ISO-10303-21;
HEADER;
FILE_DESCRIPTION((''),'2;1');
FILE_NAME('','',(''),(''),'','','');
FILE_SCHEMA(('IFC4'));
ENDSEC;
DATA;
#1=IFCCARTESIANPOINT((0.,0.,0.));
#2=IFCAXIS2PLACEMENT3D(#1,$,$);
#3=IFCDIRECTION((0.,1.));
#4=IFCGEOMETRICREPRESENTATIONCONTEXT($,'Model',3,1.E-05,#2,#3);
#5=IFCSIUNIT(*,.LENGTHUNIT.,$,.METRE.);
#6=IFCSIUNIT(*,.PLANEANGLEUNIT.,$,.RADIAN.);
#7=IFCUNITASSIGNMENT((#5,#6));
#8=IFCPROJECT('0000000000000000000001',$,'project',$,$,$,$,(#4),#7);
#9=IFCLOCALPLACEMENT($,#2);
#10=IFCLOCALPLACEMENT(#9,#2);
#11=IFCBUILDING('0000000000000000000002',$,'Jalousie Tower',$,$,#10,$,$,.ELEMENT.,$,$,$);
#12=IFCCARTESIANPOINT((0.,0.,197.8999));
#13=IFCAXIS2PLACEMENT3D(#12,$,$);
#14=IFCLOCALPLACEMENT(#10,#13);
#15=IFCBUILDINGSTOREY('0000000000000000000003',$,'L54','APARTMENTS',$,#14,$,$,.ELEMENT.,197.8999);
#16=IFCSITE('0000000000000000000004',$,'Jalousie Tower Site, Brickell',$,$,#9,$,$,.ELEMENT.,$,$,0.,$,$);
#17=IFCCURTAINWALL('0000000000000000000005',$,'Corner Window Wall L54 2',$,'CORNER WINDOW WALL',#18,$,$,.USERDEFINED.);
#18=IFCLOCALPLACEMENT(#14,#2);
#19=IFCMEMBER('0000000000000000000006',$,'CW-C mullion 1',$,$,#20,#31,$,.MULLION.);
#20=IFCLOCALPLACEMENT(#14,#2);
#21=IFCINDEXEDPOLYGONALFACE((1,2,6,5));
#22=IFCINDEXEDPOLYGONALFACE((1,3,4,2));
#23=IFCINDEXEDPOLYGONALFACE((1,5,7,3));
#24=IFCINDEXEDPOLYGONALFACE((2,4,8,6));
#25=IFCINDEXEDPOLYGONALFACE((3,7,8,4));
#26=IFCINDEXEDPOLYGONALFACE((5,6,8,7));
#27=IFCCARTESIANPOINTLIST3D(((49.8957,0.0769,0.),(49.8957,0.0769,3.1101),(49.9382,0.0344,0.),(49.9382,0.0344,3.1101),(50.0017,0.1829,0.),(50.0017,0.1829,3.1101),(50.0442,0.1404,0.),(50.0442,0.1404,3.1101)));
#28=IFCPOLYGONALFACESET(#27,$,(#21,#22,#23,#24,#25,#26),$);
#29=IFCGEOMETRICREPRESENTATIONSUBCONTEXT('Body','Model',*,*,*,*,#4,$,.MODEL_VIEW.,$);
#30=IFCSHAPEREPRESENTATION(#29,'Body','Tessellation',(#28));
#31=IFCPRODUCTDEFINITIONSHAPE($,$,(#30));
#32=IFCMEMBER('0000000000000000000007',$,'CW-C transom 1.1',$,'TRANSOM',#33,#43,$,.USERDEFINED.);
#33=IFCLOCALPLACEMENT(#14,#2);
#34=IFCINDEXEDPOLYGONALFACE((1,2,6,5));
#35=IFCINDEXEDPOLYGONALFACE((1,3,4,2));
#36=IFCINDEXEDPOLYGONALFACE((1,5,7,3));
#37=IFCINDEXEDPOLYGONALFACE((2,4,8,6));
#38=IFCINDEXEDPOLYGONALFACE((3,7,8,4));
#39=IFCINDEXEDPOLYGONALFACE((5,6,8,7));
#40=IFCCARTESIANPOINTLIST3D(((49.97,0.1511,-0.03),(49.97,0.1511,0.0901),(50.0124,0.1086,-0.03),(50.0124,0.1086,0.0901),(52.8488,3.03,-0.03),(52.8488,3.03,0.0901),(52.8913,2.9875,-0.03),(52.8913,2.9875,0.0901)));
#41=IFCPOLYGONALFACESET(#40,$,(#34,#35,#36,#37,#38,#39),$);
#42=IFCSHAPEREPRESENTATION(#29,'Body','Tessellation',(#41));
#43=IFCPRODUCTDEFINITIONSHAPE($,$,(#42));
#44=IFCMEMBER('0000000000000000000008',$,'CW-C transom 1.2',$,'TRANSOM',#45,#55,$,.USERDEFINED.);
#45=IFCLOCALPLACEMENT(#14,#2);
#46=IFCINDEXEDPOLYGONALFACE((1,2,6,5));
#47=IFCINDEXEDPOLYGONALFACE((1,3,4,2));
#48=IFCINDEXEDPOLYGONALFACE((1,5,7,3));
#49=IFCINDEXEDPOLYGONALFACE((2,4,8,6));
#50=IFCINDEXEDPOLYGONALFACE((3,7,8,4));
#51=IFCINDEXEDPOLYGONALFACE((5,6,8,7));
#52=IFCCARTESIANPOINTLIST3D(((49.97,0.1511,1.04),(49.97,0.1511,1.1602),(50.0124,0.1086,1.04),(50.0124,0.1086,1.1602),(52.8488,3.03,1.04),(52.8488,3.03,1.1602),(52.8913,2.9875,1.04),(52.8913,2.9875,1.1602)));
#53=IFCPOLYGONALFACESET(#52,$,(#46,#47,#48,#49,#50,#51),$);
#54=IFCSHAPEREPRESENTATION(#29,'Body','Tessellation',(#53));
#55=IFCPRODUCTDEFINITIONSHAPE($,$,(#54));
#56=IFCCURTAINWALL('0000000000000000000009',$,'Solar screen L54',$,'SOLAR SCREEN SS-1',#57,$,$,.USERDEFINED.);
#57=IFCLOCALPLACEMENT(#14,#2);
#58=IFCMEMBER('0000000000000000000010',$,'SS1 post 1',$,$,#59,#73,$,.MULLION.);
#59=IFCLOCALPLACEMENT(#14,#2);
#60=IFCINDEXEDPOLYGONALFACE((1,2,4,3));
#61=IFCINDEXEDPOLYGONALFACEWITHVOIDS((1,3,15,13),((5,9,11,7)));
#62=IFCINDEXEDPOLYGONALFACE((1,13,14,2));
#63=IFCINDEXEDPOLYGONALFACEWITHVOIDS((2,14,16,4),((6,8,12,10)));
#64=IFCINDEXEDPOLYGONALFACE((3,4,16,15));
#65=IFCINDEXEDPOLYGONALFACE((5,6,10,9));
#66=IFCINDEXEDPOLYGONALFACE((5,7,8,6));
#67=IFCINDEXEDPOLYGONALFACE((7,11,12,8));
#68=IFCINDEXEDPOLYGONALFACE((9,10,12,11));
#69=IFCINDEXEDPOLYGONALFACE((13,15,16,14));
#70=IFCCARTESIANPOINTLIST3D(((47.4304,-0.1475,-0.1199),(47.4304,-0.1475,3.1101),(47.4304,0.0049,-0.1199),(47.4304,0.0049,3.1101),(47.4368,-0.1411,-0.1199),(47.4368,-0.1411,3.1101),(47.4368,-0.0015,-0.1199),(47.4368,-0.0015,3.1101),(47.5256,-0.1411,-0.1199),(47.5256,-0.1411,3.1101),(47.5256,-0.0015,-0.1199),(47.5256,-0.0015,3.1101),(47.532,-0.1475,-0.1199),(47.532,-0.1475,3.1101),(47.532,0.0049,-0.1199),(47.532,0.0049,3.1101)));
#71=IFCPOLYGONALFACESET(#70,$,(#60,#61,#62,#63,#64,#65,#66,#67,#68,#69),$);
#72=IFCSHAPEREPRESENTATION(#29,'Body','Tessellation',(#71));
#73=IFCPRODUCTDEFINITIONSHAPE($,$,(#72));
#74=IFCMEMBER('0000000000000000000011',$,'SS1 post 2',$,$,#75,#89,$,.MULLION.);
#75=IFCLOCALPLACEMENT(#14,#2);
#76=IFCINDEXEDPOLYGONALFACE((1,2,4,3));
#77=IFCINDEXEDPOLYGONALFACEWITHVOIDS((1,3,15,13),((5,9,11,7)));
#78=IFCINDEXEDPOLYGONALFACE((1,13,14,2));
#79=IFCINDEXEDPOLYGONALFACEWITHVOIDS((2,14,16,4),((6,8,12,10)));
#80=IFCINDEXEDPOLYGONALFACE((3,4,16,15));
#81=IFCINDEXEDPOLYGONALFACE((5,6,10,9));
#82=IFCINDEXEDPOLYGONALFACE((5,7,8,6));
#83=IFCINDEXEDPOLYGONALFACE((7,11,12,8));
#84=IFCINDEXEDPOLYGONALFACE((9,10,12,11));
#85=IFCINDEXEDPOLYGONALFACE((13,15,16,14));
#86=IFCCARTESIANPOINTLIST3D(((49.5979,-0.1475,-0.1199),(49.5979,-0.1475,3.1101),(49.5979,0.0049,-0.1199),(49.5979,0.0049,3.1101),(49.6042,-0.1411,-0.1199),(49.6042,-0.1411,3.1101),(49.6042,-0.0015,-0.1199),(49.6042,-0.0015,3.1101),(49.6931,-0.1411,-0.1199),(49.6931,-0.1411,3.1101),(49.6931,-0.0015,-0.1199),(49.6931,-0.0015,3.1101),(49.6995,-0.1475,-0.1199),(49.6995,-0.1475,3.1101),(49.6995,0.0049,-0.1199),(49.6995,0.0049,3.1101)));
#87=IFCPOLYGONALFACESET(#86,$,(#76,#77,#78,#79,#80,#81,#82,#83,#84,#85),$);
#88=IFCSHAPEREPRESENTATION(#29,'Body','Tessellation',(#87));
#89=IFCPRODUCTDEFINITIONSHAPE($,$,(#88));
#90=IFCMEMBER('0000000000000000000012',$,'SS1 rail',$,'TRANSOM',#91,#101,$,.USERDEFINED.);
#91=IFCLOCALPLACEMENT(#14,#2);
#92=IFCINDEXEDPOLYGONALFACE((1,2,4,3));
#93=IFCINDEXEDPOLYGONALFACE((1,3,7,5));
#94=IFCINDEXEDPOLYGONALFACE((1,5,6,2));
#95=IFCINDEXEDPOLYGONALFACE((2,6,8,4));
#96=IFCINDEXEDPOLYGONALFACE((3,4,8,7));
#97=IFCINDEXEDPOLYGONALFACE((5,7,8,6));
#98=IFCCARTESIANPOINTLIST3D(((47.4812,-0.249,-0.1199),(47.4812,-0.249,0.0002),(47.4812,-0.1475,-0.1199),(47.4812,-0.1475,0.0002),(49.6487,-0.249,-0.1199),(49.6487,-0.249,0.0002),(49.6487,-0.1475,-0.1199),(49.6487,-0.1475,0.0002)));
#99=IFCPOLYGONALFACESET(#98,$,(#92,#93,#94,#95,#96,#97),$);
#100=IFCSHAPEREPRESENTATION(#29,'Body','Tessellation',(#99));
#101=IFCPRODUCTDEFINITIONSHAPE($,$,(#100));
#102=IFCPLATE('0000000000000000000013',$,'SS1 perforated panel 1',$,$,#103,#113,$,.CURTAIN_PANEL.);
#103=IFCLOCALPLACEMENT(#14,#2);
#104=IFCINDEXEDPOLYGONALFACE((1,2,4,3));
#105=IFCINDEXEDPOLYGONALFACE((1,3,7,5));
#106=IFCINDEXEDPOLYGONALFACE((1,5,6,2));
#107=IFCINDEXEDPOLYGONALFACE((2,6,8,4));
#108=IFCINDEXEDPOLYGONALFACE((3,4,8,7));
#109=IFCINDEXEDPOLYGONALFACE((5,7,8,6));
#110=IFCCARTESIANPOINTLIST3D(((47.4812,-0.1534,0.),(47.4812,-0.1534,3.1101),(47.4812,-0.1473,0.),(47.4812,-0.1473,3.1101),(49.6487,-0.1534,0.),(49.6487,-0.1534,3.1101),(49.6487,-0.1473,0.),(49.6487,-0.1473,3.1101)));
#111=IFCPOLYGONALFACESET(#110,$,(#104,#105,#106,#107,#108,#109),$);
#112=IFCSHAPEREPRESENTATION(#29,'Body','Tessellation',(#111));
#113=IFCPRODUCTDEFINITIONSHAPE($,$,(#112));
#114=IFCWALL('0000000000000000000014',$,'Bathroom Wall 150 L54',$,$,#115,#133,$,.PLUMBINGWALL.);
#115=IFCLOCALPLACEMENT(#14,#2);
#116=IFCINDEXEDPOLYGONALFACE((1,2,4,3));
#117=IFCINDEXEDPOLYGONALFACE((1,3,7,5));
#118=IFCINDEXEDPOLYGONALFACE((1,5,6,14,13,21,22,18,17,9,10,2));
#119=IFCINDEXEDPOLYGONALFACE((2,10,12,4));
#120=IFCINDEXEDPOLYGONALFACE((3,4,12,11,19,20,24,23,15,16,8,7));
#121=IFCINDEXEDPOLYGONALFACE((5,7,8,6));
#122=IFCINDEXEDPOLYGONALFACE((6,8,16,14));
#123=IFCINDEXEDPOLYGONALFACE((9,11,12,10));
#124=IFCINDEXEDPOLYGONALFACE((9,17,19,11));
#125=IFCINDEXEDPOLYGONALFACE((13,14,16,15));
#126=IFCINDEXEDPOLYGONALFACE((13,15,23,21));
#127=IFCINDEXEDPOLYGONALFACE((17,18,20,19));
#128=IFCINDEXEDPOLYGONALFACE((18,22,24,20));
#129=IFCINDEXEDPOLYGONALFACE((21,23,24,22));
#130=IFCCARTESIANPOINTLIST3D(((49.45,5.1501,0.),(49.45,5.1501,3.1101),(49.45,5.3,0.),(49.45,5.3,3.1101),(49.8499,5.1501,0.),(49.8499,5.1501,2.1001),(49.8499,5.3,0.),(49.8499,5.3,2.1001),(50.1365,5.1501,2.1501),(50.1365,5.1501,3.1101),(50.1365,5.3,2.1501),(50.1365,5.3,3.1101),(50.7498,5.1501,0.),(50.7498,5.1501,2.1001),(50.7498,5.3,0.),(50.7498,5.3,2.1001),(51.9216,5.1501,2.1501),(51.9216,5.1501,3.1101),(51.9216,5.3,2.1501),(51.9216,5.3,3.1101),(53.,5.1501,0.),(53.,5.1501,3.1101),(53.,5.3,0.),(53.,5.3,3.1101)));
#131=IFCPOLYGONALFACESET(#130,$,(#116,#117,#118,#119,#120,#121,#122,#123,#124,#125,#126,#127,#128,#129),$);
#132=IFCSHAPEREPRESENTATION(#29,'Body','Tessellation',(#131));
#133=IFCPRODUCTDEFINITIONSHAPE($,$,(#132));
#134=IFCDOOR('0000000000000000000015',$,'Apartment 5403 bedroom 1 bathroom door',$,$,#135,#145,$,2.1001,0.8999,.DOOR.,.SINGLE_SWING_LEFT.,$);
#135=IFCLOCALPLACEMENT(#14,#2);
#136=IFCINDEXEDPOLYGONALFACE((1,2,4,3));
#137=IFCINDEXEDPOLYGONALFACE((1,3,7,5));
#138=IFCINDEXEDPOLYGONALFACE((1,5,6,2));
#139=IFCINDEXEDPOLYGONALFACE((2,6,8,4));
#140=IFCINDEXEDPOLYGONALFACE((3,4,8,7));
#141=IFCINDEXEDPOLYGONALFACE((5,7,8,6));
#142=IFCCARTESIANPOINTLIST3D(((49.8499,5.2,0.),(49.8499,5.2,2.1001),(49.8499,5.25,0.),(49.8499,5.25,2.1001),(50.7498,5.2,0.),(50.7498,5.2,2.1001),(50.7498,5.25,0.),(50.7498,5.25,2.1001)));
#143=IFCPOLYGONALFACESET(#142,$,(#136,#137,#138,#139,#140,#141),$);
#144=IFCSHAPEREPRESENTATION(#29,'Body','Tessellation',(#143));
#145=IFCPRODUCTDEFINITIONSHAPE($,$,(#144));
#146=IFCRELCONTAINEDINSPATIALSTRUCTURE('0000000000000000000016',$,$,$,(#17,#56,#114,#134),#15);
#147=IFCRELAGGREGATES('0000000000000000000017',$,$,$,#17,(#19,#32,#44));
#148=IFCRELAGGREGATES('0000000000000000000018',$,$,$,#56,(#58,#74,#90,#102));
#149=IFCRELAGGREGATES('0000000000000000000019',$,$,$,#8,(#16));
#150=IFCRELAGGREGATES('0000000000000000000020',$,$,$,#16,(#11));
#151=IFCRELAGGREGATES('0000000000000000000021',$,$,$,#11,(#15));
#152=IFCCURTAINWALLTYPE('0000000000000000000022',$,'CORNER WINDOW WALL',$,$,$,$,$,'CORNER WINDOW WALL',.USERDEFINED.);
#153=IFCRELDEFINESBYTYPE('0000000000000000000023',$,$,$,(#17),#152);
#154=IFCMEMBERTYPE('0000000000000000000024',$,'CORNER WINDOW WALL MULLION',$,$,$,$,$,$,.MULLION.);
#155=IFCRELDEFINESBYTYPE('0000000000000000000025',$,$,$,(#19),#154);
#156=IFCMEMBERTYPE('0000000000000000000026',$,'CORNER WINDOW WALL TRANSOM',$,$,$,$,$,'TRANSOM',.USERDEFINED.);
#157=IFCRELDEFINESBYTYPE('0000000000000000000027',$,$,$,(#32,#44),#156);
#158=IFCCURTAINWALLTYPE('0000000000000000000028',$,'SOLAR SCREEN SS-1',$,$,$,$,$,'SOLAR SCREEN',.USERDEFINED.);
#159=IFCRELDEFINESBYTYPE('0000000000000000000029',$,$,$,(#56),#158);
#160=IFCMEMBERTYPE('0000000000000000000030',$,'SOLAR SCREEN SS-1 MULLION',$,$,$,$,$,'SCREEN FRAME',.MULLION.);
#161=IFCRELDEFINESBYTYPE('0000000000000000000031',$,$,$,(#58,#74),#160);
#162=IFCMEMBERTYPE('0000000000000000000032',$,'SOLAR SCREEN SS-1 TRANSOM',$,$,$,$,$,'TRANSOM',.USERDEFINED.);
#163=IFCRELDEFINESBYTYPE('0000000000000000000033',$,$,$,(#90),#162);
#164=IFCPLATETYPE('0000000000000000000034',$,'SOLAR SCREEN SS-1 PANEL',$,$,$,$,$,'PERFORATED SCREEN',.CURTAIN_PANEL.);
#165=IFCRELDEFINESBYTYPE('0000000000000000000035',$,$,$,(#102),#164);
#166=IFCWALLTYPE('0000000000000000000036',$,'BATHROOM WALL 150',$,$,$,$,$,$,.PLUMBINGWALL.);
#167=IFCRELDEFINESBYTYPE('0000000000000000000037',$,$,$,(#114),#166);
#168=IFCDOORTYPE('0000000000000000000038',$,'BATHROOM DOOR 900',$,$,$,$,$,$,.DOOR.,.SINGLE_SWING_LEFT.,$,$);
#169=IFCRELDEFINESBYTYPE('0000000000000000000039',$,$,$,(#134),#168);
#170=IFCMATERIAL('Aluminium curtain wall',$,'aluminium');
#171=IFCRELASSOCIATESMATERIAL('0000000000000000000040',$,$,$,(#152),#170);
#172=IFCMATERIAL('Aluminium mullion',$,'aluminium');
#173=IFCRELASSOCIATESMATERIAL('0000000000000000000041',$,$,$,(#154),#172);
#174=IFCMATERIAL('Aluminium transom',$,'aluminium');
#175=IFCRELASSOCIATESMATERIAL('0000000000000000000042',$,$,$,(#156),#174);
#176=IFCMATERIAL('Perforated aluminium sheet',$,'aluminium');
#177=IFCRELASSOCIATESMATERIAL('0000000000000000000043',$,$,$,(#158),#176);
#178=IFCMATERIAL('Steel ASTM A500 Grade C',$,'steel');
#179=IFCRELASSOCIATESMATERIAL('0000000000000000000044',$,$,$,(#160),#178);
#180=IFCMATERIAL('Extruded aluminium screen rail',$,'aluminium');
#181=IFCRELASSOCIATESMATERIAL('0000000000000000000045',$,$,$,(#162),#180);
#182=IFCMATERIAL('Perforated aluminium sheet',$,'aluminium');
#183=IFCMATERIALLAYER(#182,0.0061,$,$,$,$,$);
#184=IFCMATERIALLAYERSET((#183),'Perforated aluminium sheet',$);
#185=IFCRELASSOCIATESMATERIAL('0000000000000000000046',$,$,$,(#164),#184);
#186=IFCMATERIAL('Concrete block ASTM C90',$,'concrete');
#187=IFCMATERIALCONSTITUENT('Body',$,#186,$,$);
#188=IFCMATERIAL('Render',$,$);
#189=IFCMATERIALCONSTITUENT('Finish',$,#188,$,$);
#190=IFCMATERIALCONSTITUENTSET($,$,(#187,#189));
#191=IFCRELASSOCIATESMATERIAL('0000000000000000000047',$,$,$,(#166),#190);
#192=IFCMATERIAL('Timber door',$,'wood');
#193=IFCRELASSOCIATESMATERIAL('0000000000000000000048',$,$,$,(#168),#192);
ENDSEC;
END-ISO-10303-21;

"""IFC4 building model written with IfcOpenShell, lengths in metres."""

from ifc_helpers import new_model, si_unit, direction, frame, frame_2d, origin, origin_2d, place, context, subcontext, project, spatial, polyline, rectangle, hollow_rectangle, outline, extrude, material, layer, layer_set, constituent, constituent_set, material_profile, profile_set, type_object, element, fill, aggregate, save


model = new_model("IFC4")

# Units and contexts
model_context = context("Model", 3, precision=1e-05, world=origin(), true_north=direction((0.0, 1.0)))
body_context = subcontext(model_context, "Body", "Model", "MODEL_VIEW")
ifc_project = project(units=[si_unit("LENGTHUNIT", "METRE"), si_unit("PLANEANGLEUNIT", "RADIAN")], contexts=[model_context])

# Site, building, storey
site_placement = place(None, origin())
site = spatial("IfcSite", under=ifc_project, at=site_placement, Name="Jalousie Tower Site, Brickell", CompositionType="ELEMENT", RefElevation=0.0)
building_placement = place(site_placement, origin())
building = spatial("IfcBuilding", under=site, at=building_placement, Name="Jalousie Tower", CompositionType="ELEMENT")
storey_placement = place(building_placement, frame((0.0, 0.0, 197.8999)))
storey = spatial("IfcBuildingStorey", under=building, at=storey_placement, Name="L54", Description="APARTMENTS", CompositionType="ELEMENT", Elevation=197.8999)

# Curtain wall, members
ifc_material_1 = material(Name="Aluminium curtain wall", Category="aluminium")
curtain_wall_type_1 = type_object("IfcCurtainWallType", Name="CORNER WINDOW WALL", ElementType="CORNER WINDOW WALL", PredefinedType="USERDEFINED", material=ifc_material_1)
curtain_wall_1_placement = place(storey_placement, origin())
curtain_wall_1 = element("IfcCurtainWall", 1, at=curtain_wall_1_placement, inside=storey, type_object=curtain_wall_type_1, Name="Corner Window Wall L54 2", ObjectType="CORNER WINDOW WALL", PredefinedType="USERDEFINED")
ifc_material_2 = material(Name="Aluminium mullion", Category="aluminium")
ifc_material_profile_1 = material_profile(ifc_material_2, rectangle(XDim=0.0601, YDim=0.1499, at=origin_2d()), Name="MULLION 60x150")
ifc_profile_set_1 = profile_set([ifc_material_profile_1], Name="Aluminium mullion")
member_type_1 = type_object("IfcMemberType", Name="CORNER WINDOW WALL MULLION", PredefinedType="MULLION", material=ifc_profile_set_1)
member_1_placement = place(storey_placement, frame((49.97, 0.1086, 0.0), z_axis=(0.0, 0.0, 1.0), x_axis=(-0.707107, 0.707107, 0.0)))
member_1 = element("IfcMember", 2, at=member_1_placement, type_object=member_type_1, Name="CW-C mullion 1", PredefinedType="MULLION", context=body_context, shape_type="SweptSolid", body=[
    extrude(rectangle(XDim=0.0601, YDim=0.1499, at=origin_2d()), origin(), (0.0, 0.0, 1.0), 3.1101),
])
ifc_material_3 = material(Name="Aluminium transom", Category="aluminium")
ifc_material_profile_2 = material_profile(ifc_material_3, rectangle(XDim=0.0601, YDim=0.1201, at=origin_2d()), Name="TRANSOM 60x120")
ifc_profile_set_2 = profile_set([ifc_material_profile_2], Name="Aluminium transom")
member_type_2 = type_object("IfcMemberType", Name="CORNER WINDOW WALL TRANSOM", ElementType="TRANSOM", PredefinedType="USERDEFINED", material=ifc_profile_set_2)
member_2_placement = place(storey_placement, frame((49.9912, 0.1299, 0.03), z_axis=(0.707107, 0.707107, 0.0), x_axis=(-0.707107, 0.707107, 0.0)))
member_2 = element("IfcMember", 3, at=member_2_placement, type_object=member_type_2, Name="CW-C transom 1.1", ObjectType="TRANSOM", PredefinedType="USERDEFINED", context=body_context, shape_type="SweptSolid", body=[
    extrude(rectangle(XDim=0.0601, YDim=0.1201, at=origin_2d()), origin(), (0.0, 0.0, 1.0), 4.0713),
])
member_3_placement = place(storey_placement, frame((49.9912, 0.1299, 1.1001), z_axis=(0.707107, 0.707107, 0.0), x_axis=(-0.707107, 0.707107, 0.0)))
member_3 = element("IfcMember", 4, at=member_3_placement, type_object=member_type_2, Name="CW-C transom 1.2", ObjectType="TRANSOM", PredefinedType="USERDEFINED", context=body_context, shape_type="SweptSolid", body=[
    extrude(rectangle(XDim=0.0601, YDim=0.1201, at=origin_2d()), origin(), (0.0, 0.0, 1.0), 4.0713),
])
aggregate(curtain_wall_1, [member_1, member_2, member_3])

# Curtain wall, members, plate
ifc_material_4 = material(Name="Perforated aluminium sheet", Category="aluminium")
curtain_wall_type_2 = type_object("IfcCurtainWallType", Name="SOLAR SCREEN SS-1", ElementType="SOLAR SCREEN", PredefinedType="USERDEFINED", material=ifc_material_4)
curtain_wall_2_placement = place(storey_placement, origin())
curtain_wall_2 = element("IfcCurtainWall", 5, at=curtain_wall_2_placement, inside=storey, type_object=curtain_wall_type_2, Name="Solar screen L54", ObjectType="SOLAR SCREEN SS-1", PredefinedType="USERDEFINED")
ifc_material_5 = material(Name="Steel ASTM A500 Grade C", Category="steel")
ifc_material_profile_3 = material_profile(ifc_material_5, hollow_rectangle(XDim=0.1016, YDim=0.1523, WallThickness=0.0063, at=origin_2d()), Name="HSS6X4X1/4")
ifc_profile_set_3 = profile_set([ifc_material_profile_3], Name="Steel ASTM A500 Grade C")
member_type_3 = type_object("IfcMemberType", Name="SOLAR SCREEN SS-1 MULLION", ElementType="SCREEN FRAME", PredefinedType="MULLION", material=ifc_profile_set_3)
member_4_placement = place(storey_placement, frame((47.4812, -0.0713, -0.1199), z_axis=(0.0, 0.0, 1.0), x_axis=(1.0, 0.0, 0.0)))
member_4 = element("IfcMember", 6, at=member_4_placement, type_object=member_type_3, Name="SS1 post 1", PredefinedType="MULLION", context=body_context, shape_type="SweptSolid", body=[
    extrude(hollow_rectangle(XDim=0.1016, YDim=0.1523, WallThickness=0.0063, at=origin_2d()), origin(), (0.0, 0.0, 1.0), 3.23),
])
member_5_placement = place(storey_placement, frame((49.6487, -0.0713, -0.1199), z_axis=(0.0, 0.0, 1.0), x_axis=(1.0, 0.0, 0.0)))
member_5 = element("IfcMember", 7, at=member_5_placement, type_object=member_type_3, Name="SS1 post 2", PredefinedType="MULLION", context=body_context, shape_type="SweptSolid", body=[
    extrude(hollow_rectangle(XDim=0.1016, YDim=0.1523, WallThickness=0.0063, at=origin_2d()), origin(), (0.0, 0.0, 1.0), 3.23),
])
ifc_material_6 = material(Name="Extruded aluminium screen rail", Category="aluminium")
ifc_material_profile_4 = material_profile(ifc_material_6, rectangle(XDim=0.1016, YDim=0.1201, at=origin_2d()), Name="RAIL 102x120")
ifc_profile_set_4 = profile_set([ifc_material_profile_4], Name="Extruded aluminium screen rail")
member_type_4 = type_object("IfcMemberType", Name="SOLAR SCREEN SS-1 TRANSOM", ElementType="TRANSOM", PredefinedType="USERDEFINED", material=ifc_profile_set_4)
member_6_placement = place(storey_placement, frame((47.4812, -0.1982, -0.0598), z_axis=(1.0, 0.0, 0.0), x_axis=(0.0, 1.0, 0.0)))
member_6 = element("IfcMember", 8, at=member_6_placement, type_object=member_type_4, Name="SS1 rail", ObjectType="TRANSOM", PredefinedType="USERDEFINED", context=body_context, shape_type="SweptSolid", body=[
    extrude(rectangle(XDim=0.1016, YDim=0.1201, at=origin_2d()), origin(), (0.0, 0.0, 1.0), 2.1675),
])
ifc_material_7 = material(Name="Perforated aluminium sheet", Category="aluminium")
ifc_layer = layer(ifc_material_7, 0.0061)
ifc_layer_set = layer_set([ifc_layer], Name="Perforated aluminium sheet")
plate_type = type_object("IfcPlateType", Name="SOLAR SCREEN SS-1 PANEL", ElementType="PERFORATED SCREEN", PredefinedType="CURTAIN_PANEL", material=ifc_layer_set)
plate_placement = place(storey_placement, frame((48.5649, -0.1504, 0.0), z_axis=(0.0, 0.0, 1.0), x_axis=(1.0, 0.0, 0.0)))
plate = element("IfcPlate", 9, at=plate_placement, type_object=plate_type, Name="SS1 perforated panel 1", PredefinedType="CURTAIN_PANEL", context=body_context, shape_type="SweptSolid", body=[
    extrude(rectangle(XDim=2.1675, YDim=0.0061, at=origin_2d()), origin(), (0.0, 0.0, 1.0), 3.1101),
])
aggregate(curtain_wall_2, [member_4, member_5, member_6, plate])

# Wall, opening, door
ifc_material_8 = material(Name="Concrete block ASTM C90", Category="concrete")
ifc_constituent_1 = constituent(ifc_material_8, Name="Body")
ifc_material_9 = material(Name="Render")
ifc_constituent_2 = constituent(ifc_material_9, Name="Finish")
ifc_constituent_set_1 = constituent_set(constituents=[ifc_constituent_1, ifc_constituent_2])
wall_type_1 = type_object("IfcWallType", Name="BATHROOM WALL 150", PredefinedType="PLUMBINGWALL", material=ifc_constituent_set_1)
wall_1_placement = place(storey_placement, frame((49.45, 5.2251, 0.0), z_axis=(0.0, 0.0, 1.0), x_axis=(1.0, 0.0, 0.0)))
wall_1 = element("IfcWall", 10, at=wall_1_placement, inside=storey, type_object=wall_type_1, Name="Bathroom Wall 150 L54", PredefinedType="PLUMBINGWALL", context=body_context, shape_type="SweptSolid", body=[
    extrude(outline(polyline([(0.0, 0.0), (3.55, 0.0), (3.55, 3.1101), (2.4717, 3.1101), (2.4717, 2.1501), (0.6865, 2.1501), (0.6865, 3.1101), (0.0, 3.1101), (0.0, 0.0)])), frame((0.0, 0.075, 0.0), z_axis=(0.0, -1.0, 0.0), x_axis=(1.0, 0.0, 0.0)), (0.0, 0.0, 1.0), 0.1499),
])
opening_1_placement = place(wall_1_placement, frame((0.3999, 0.0, 0.0)))
opening_1 = element("IfcOpeningElement", 11, at=opening_1_placement, cuts=wall_1, PredefinedType="OPENING", context=body_context, shape_type="SweptSolid", body=[
    extrude(rectangle(XDim=0.8999, YDim=2.1001, at=frame_2d((0.45, 1.05))), frame((0.0, 0.085, 0.0), z_axis=(0.0, -1.0, 0.0), x_axis=(1.0, 0.0, 0.0)), (0.0, 0.0, 1.0), 0.1699),
])
ifc_material_10 = material(Name="Timber door", Category="wood")
door_type_1 = type_object("IfcDoorType", Name="BATHROOM DOOR 900", OperationType="SINGLE_SWING_LEFT", PredefinedType="DOOR", material=ifc_material_10)
door_1_placement = place(opening_1_placement, origin())
door_1 = element("IfcDoor", 12, at=door_1_placement, inside=storey, type_object=door_type_1, Name="Apartment 5403 bedroom 1 bathroom door", OperationType="SINGLE_SWING_LEFT", OverallHeight=2.1001, OverallWidth=0.8999, PredefinedType="DOOR", context=body_context, shape_type="SweptSolid", body=[
    extrude(rectangle(XDim=0.8999, YDim=2.1001, at=frame_2d((0.45, 1.05))), frame((0.0, 0.0249, 0.0), z_axis=(0.0, -1.0, 0.0), x_axis=(1.0, 0.0, 0.0)), (0.0, 0.0, 1.0), 0.05),
])
fill(opening_1, door_1)

save(model, "model.ifc")
